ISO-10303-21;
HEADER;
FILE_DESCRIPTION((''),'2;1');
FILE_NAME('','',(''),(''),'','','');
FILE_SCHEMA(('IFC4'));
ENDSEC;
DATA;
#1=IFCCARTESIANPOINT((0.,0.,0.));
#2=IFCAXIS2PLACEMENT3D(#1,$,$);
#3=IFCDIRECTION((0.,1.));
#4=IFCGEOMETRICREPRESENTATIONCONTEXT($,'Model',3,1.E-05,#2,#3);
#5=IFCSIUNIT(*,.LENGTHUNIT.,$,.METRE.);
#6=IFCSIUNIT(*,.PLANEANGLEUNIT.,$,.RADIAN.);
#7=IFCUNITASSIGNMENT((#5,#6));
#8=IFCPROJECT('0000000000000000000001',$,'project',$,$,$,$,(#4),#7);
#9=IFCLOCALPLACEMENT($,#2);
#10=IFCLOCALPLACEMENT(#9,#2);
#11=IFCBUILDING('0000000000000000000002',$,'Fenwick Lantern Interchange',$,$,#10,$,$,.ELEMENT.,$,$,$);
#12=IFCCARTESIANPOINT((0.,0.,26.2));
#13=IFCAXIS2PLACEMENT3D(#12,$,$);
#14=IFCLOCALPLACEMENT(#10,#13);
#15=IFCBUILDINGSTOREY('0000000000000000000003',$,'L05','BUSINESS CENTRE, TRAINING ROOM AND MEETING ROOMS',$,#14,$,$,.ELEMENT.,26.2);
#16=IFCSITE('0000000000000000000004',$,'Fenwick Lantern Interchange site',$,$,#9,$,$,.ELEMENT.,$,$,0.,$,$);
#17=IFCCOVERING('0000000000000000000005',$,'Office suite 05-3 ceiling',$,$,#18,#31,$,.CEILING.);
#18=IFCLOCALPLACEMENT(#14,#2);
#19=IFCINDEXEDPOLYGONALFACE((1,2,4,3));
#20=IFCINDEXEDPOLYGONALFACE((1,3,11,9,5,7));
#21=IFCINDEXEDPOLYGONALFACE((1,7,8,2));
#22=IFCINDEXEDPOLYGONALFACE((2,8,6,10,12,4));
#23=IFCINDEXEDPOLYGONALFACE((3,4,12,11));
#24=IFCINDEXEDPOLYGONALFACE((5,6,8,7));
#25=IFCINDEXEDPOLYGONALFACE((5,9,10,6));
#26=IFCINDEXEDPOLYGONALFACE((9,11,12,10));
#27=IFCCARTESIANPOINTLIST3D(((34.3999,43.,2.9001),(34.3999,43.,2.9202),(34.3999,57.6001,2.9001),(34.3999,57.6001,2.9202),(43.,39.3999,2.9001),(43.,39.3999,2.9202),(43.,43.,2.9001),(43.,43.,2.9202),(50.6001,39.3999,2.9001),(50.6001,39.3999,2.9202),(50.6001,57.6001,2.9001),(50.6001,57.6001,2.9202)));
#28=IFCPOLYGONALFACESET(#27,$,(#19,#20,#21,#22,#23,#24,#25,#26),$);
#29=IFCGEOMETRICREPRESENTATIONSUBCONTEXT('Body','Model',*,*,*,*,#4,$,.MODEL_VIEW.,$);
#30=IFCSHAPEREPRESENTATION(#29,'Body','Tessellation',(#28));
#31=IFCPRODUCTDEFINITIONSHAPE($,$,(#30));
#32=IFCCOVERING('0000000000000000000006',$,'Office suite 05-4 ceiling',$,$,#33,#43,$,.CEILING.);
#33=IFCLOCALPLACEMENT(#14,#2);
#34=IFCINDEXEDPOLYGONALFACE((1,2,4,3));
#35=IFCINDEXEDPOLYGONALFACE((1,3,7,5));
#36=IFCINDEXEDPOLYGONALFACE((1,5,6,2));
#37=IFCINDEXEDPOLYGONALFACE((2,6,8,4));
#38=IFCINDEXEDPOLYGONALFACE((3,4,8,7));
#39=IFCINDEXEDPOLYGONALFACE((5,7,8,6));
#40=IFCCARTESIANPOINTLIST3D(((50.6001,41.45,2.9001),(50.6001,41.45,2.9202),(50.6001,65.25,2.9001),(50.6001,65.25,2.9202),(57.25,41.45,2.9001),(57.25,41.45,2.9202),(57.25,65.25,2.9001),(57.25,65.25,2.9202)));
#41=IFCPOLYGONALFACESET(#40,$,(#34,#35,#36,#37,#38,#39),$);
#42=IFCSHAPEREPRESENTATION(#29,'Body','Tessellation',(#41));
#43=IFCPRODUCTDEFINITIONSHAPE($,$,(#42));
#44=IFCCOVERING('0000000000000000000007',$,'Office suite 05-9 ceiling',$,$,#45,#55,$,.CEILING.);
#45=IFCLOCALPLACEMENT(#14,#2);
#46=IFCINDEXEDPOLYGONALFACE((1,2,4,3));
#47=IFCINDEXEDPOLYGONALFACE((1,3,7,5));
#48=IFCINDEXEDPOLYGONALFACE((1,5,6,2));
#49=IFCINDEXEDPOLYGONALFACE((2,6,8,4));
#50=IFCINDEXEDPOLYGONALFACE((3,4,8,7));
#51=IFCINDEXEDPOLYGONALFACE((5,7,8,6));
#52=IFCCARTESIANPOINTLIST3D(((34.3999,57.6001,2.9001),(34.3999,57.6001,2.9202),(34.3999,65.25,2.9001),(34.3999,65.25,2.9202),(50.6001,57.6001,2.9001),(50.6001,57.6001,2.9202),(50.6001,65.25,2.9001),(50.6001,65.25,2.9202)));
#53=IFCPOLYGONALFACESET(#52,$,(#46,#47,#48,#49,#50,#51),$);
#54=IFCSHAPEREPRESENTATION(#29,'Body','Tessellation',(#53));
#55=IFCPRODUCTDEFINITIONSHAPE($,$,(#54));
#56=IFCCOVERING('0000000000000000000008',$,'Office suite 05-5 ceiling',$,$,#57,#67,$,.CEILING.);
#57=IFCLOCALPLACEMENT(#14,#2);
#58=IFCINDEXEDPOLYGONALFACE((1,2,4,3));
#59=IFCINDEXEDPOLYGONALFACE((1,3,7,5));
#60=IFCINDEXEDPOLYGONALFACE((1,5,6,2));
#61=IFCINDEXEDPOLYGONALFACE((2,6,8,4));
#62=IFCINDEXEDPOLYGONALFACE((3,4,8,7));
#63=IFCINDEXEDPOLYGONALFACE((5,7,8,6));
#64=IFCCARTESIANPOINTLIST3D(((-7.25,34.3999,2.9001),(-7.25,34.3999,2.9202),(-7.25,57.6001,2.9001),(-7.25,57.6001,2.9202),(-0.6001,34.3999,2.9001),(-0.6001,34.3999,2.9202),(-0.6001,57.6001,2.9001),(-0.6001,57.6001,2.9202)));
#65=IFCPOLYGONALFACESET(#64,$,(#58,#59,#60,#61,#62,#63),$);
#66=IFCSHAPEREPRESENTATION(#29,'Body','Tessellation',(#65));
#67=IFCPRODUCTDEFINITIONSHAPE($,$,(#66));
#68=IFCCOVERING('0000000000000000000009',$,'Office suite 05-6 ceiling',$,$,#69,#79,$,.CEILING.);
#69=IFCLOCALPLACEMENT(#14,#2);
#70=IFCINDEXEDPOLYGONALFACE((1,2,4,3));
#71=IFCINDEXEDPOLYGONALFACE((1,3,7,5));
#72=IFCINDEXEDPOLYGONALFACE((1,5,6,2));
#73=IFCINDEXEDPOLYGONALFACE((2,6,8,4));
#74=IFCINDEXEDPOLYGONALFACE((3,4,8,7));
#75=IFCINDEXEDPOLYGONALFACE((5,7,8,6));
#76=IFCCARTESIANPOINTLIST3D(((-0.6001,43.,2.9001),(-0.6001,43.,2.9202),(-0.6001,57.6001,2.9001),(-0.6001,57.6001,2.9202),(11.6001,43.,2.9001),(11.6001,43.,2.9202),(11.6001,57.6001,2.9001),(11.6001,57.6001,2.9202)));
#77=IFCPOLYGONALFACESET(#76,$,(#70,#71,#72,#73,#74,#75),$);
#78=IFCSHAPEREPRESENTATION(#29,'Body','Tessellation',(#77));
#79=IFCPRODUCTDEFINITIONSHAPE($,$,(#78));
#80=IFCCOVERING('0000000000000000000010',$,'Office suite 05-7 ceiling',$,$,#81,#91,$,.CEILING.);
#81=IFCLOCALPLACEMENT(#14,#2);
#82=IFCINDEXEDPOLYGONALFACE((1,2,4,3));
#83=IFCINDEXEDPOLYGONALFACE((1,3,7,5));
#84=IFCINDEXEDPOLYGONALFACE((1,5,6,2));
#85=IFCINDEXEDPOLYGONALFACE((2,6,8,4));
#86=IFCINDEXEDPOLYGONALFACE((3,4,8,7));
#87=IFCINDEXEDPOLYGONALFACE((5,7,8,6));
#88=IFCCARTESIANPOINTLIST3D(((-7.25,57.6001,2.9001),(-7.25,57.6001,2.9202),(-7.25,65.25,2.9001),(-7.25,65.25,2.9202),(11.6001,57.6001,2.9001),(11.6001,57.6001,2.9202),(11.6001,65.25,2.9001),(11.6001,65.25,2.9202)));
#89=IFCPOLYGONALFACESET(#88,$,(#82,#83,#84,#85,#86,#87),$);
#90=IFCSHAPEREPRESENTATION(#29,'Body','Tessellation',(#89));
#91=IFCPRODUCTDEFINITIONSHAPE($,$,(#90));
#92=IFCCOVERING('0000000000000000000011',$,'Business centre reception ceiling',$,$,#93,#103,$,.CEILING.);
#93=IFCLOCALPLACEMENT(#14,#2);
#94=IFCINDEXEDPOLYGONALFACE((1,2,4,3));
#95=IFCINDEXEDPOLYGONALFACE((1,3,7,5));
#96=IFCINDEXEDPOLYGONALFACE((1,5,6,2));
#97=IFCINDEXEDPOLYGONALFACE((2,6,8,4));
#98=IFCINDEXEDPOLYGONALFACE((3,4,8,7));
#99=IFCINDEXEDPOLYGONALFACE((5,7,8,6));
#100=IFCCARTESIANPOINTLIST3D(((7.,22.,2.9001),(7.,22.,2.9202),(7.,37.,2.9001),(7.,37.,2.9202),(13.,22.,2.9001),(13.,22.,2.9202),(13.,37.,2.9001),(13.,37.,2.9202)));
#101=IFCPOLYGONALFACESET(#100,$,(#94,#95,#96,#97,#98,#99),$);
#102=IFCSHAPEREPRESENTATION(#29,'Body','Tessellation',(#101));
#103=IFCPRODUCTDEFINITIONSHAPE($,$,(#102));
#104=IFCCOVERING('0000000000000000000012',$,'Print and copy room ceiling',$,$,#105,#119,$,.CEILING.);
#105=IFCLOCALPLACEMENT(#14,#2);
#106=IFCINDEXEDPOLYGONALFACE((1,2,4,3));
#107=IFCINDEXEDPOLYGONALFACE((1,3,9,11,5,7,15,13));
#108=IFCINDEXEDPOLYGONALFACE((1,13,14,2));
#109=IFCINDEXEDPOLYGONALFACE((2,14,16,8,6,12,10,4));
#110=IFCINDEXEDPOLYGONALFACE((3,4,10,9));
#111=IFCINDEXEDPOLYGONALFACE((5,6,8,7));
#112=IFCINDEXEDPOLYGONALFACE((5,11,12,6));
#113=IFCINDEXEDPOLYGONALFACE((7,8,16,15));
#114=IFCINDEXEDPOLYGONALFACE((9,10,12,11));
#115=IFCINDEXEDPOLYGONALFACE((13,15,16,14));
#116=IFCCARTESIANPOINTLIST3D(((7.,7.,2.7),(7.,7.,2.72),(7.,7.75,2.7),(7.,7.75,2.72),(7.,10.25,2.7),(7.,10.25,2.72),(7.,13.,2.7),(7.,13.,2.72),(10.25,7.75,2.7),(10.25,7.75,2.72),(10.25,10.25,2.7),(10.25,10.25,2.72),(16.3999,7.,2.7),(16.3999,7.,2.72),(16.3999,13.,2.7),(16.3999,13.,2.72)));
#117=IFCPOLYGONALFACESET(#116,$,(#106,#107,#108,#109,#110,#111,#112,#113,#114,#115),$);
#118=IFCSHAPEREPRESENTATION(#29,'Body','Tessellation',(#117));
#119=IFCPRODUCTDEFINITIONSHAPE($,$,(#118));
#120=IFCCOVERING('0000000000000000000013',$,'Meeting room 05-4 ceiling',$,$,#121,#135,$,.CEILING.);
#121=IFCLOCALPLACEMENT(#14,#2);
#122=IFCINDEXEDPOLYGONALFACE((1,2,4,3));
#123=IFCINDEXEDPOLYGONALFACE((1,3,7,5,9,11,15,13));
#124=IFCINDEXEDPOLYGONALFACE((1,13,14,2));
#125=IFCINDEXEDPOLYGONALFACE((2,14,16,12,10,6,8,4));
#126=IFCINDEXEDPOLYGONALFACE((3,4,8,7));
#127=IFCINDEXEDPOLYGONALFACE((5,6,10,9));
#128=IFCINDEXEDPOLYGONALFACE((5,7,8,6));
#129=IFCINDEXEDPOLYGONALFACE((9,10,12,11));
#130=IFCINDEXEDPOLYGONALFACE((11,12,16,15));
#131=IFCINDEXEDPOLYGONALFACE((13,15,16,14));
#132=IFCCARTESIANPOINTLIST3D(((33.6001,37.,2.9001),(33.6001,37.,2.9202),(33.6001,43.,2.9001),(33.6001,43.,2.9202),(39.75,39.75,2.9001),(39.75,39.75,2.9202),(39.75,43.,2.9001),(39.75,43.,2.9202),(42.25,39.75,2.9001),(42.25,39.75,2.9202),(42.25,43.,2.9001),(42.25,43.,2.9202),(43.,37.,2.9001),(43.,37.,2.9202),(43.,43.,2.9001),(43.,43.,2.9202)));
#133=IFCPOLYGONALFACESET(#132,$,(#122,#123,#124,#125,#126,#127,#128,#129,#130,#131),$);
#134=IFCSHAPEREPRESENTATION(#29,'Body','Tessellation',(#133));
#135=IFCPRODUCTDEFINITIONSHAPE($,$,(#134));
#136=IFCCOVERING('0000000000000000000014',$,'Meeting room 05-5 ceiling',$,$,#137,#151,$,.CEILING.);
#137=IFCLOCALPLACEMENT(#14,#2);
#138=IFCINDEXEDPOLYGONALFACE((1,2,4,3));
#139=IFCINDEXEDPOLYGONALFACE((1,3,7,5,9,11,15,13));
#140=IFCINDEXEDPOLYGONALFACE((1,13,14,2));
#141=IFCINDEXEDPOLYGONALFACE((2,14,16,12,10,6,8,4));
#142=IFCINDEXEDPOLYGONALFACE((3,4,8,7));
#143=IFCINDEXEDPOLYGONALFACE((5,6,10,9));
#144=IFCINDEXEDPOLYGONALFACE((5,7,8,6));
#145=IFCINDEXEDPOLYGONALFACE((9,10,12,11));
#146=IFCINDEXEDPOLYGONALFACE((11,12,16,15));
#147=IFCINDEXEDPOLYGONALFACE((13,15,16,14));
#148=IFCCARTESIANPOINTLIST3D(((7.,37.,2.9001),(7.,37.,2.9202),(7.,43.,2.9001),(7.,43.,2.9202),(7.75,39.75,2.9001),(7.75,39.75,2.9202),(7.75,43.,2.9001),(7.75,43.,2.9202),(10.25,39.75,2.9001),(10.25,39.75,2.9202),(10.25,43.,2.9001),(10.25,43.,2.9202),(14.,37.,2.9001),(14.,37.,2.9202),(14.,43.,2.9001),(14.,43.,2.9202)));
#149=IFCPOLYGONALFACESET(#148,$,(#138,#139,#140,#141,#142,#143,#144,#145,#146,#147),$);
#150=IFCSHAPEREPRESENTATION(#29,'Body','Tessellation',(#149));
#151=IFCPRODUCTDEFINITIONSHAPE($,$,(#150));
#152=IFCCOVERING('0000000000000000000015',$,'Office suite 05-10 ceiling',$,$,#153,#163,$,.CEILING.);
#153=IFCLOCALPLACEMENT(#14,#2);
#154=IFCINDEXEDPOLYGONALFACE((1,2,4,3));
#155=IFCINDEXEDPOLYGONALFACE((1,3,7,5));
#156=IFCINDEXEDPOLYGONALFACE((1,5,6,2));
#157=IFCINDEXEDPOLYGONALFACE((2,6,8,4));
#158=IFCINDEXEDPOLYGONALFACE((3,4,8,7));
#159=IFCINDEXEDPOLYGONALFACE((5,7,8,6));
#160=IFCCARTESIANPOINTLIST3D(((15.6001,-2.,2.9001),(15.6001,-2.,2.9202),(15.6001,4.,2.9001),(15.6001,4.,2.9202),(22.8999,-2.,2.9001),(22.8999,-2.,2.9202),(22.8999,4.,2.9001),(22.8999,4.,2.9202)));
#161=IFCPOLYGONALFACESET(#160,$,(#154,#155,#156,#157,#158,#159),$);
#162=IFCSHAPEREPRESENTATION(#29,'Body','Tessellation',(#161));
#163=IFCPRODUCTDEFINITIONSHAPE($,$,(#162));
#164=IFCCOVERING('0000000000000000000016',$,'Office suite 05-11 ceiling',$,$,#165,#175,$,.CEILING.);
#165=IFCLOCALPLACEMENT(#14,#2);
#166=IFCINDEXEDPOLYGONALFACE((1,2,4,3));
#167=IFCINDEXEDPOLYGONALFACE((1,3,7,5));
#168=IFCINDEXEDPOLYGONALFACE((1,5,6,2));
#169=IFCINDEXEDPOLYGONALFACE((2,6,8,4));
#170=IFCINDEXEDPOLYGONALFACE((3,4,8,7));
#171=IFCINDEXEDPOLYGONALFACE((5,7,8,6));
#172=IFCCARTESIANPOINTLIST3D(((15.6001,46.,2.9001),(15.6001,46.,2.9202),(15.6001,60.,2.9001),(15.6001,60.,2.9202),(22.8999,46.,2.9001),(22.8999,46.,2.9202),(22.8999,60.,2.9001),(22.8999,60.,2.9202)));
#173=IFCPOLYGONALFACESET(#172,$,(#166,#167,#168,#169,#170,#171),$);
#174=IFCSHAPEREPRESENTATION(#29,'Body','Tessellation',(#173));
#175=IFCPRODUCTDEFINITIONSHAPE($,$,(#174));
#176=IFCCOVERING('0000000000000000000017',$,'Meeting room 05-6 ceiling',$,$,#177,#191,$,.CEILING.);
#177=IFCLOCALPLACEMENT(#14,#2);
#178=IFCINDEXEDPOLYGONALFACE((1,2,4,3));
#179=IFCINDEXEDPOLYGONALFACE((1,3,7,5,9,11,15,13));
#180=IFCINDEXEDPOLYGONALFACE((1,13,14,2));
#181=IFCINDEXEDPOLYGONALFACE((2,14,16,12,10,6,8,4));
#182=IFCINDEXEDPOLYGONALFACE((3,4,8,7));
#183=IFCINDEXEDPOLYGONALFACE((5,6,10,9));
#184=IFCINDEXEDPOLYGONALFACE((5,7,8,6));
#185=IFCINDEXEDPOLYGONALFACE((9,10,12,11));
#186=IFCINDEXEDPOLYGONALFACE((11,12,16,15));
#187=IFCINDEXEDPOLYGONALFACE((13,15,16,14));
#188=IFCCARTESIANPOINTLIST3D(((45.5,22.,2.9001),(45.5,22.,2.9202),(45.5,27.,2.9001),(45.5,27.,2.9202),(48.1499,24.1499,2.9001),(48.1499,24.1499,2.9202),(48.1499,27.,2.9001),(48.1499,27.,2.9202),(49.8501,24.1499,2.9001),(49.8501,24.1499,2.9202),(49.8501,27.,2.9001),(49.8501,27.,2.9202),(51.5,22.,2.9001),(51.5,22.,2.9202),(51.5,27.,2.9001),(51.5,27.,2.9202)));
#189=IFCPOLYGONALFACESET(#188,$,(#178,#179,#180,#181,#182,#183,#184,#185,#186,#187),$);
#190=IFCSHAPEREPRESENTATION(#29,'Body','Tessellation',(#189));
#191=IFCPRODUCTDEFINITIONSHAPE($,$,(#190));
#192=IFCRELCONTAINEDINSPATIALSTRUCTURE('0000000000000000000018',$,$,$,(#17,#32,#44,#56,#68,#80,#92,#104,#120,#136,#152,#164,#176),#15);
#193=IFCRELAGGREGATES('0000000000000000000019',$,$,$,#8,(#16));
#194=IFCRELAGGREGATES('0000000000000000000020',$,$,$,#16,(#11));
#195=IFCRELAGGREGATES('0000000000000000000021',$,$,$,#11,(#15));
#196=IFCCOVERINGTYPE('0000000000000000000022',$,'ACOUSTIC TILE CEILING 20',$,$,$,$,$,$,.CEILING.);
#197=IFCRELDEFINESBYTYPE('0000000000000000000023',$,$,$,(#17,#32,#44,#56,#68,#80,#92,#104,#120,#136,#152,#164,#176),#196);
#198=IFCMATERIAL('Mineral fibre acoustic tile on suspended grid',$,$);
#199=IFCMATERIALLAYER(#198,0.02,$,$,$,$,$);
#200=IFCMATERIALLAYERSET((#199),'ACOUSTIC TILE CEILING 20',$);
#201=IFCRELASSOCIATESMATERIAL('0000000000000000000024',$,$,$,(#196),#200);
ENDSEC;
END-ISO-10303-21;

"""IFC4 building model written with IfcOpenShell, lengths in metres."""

from ifc_helpers import new_model, si_unit, direction, frame, origin, place, context, subcontext, project, spatial, polyline, outline, extrude, material, layer, layer_set, type_object, element, save


model = new_model("IFC4")

# Units and contexts
model_context = context("Model", 3, precision=1e-05, world=origin(), true_north=direction((0.0, 1.0)))
body_context = subcontext(model_context, "Body", "Model", "MODEL_VIEW")
ifc_project = project(units=[si_unit("LENGTHUNIT", "METRE"), si_unit("PLANEANGLEUNIT", "RADIAN")], contexts=[model_context])

# Site, building, storey
site_placement = place(None, origin())
site = spatial("IfcSite", under=ifc_project, at=site_placement, Name="Fenwick Lantern Interchange site", CompositionType="ELEMENT", RefElevation=0.0)
building_placement = place(site_placement, origin())
building = spatial("IfcBuilding", under=site, at=building_placement, Name="Fenwick Lantern Interchange", CompositionType="ELEMENT")
storey_placement = place(building_placement, frame((0.0, 0.0, 26.2)))
storey = spatial("IfcBuildingStorey", under=building, at=storey_placement, Name="L05", Description="BUSINESS CENTRE, TRAINING ROOM AND MEETING ROOMS", CompositionType="ELEMENT", Elevation=26.2)

# Coverings
ifc_material_1 = material(Name="Mineral fibre acoustic tile on suspended grid")
ifc_layer_1 = layer(ifc_material_1, 0.02)
ifc_layer_set_1 = layer_set([ifc_layer_1], Name="ACOUSTIC TILE CEILING 20")
covering_type_1 = type_object("IfcCoveringType", Name="ACOUSTIC TILE CEILING 20", PredefinedType="CEILING", material=ifc_layer_set_1)
covering_1_placement = place(storey_placement, frame((0.0, 0.0, 2.9001)))
element("IfcCovering", 1, at=covering_1_placement, inside=storey, type_object=covering_type_1, Name="Office suite 05-3 ceiling", PredefinedType="CEILING", context=body_context, shape_type="SweptSolid", body=[
    extrude(outline(polyline([(50.6001, 39.3999), (50.6001, 57.6001), (34.3999, 57.6001), (34.3999, 43.0), (43.0, 43.0), (43.0, 39.3999), (50.6001, 39.3999)])), origin(), (0.0, 0.0, 1.0), 0.02),
])
covering_2_placement = place(storey_placement, frame((0.0, 0.0, 2.9001)))
element("IfcCovering", 2, at=covering_2_placement, inside=storey, type_object=covering_type_1, Name="Office suite 05-4 ceiling", PredefinedType="CEILING", context=body_context, shape_type="SweptSolid", body=[
    extrude(outline(polyline([(57.25, 65.25), (50.6001, 65.25), (50.6001, 41.45), (57.25, 41.45), (57.25, 65.25)])), origin(), (0.0, 0.0, 1.0), 0.02),
])
covering_3_placement = place(storey_placement, frame((0.0, 0.0, 2.9001)))
element("IfcCovering", 3, at=covering_3_placement, inside=storey, type_object=covering_type_1, Name="Office suite 05-9 ceiling", PredefinedType="CEILING", context=body_context, shape_type="SweptSolid", body=[
    extrude(outline(polyline([(50.6001, 57.6001), (50.6001, 65.25), (34.3999, 65.25), (34.3999, 57.6001), (50.6001, 57.6001)])), origin(), (0.0, 0.0, 1.0), 0.02),
])
covering_4_placement = place(storey_placement, frame((0.0, 0.0, 2.9001)))
element("IfcCovering", 4, at=covering_4_placement, inside=storey, type_object=covering_type_1, Name="Office suite 05-5 ceiling", PredefinedType="CEILING", context=body_context, shape_type="SweptSolid", body=[
    extrude(outline(polyline([(-0.6001, 57.6001), (-7.25, 57.6001), (-7.25, 34.3999), (-0.6001, 34.3999), (-0.6001, 57.6001)])), origin(), (0.0, 0.0, 1.0), 0.02),
])
covering_5_placement = place(storey_placement, frame((0.0, 0.0, 2.9001)))
element("IfcCovering", 5, at=covering_5_placement, inside=storey, type_object=covering_type_1, Name="Office suite 05-6 ceiling", PredefinedType="CEILING", context=body_context, shape_type="SweptSolid", body=[
    extrude(outline(polyline([(-0.6001, 43.0), (11.6001, 43.0), (11.6001, 57.6001), (-0.6001, 57.6001), (-0.6001, 43.0)])), origin(), (0.0, 0.0, 1.0), 0.02),
])
covering_6_placement = place(storey_placement, frame((0.0, 0.0, 2.9001)))
element("IfcCovering", 6, at=covering_6_placement, inside=storey, type_object=covering_type_1, Name="Office suite 05-7 ceiling", PredefinedType="CEILING", context=body_context, shape_type="SweptSolid", body=[
    extrude(outline(polyline([(11.6001, 57.6001), (11.6001, 65.25), (-7.25, 65.25), (-7.25, 57.6001), (11.6001, 57.6001)])), origin(), (0.0, 0.0, 1.0), 0.02),
])
covering_7_placement = place(storey_placement, frame((0.0, 0.0, 2.9001)))
element("IfcCovering", 7, at=covering_7_placement, inside=storey, type_object=covering_type_1, Name="Business centre reception ceiling", PredefinedType="CEILING", context=body_context, shape_type="SweptSolid", body=[
    extrude(outline(polyline([(7.0, 22.0), (13.0, 22.0), (13.0, 37.0), (7.0, 37.0), (7.0, 22.0)])), origin(), (0.0, 0.0, 1.0), 0.02),
])
covering_8_placement = place(storey_placement, frame((0.0, 0.0, 2.7)))
element("IfcCovering", 8, at=covering_8_placement, inside=storey, type_object=covering_type_1, Name="Print and copy room ceiling", PredefinedType="CEILING", context=body_context, shape_type="SweptSolid", body=[
    extrude(outline(polyline([(7.0, 7.75), (7.0, 7.0), (16.3999, 7.0), (16.3999, 13.0), (7.0, 13.0), (7.0, 10.25), (10.25, 10.25), (10.25, 7.75), (7.0, 7.75)])), origin(), (0.0, 0.0, 1.0), 0.02),
])
covering_9_placement = place(storey_placement, frame((0.0, 0.0, 2.9001)))
element("IfcCovering", 9, at=covering_9_placement, inside=storey, type_object=covering_type_1, Name="Meeting room 05-4 ceiling", PredefinedType="CEILING", context=body_context, shape_type="SweptSolid", body=[
    extrude(outline(polyline([(33.6001, 43.0), (33.6001, 37.0), (43.0, 37.0), (43.0, 43.0), (42.25, 43.0), (42.25, 39.75), (39.75, 39.75), (39.75, 43.0), (33.6001, 43.0)])), origin(), (0.0, 0.0, 1.0), 0.02),
])
covering_10_placement = place(storey_placement, frame((0.0, 0.0, 2.9001)))
element("IfcCovering", 10, at=covering_10_placement, inside=storey, type_object=covering_type_1, Name="Meeting room 05-5 ceiling", PredefinedType="CEILING", context=body_context, shape_type="SweptSolid", body=[
    extrude(outline(polyline([(7.0, 43.0), (7.0, 37.0), (14.0, 37.0), (14.0, 43.0), (10.25, 43.0), (10.25, 39.75), (7.75, 39.75), (7.75, 43.0), (7.0, 43.0)])), origin(), (0.0, 0.0, 1.0), 0.02),
])
covering_11_placement = place(storey_placement, frame((0.0, 0.0, 2.9001)))
element("IfcCovering", 11, at=covering_11_placement, inside=storey, type_object=covering_type_1, Name="Office suite 05-10 ceiling", PredefinedType="CEILING", context=body_context, shape_type="SweptSolid", body=[
    extrude(outline(polyline([(15.6001, 4.0), (15.6001, -2.0), (22.8999, -2.0), (22.8999, 4.0), (15.6001, 4.0)])), origin(), (0.0, 0.0, 1.0), 0.02),
])
covering_12_placement = place(storey_placement, frame((0.0, 0.0, 2.9001)))
element("IfcCovering", 12, at=covering_12_placement, inside=storey, type_object=covering_type_1, Name="Office suite 05-11 ceiling", PredefinedType="CEILING", context=body_context, shape_type="SweptSolid", body=[
    extrude(outline(polyline([(15.6001, 46.0), (22.8999, 46.0), (22.8999, 60.0), (15.6001, 60.0), (15.6001, 46.0)])), origin(), (0.0, 0.0, 1.0), 0.02),
])
covering_13_placement = place(storey_placement, frame((0.0, 0.0, 2.9001)))
element("IfcCovering", 13, at=covering_13_placement, inside=storey, type_object=covering_type_1, Name="Meeting room 05-6 ceiling", PredefinedType="CEILING", context=body_context, shape_type="SweptSolid", body=[
    extrude(outline(polyline([(48.1499, 27.0), (45.5, 27.0), (45.5, 22.0), (51.5, 22.0), (51.5, 27.0), (49.8501, 27.0), (49.8501, 24.1499), (48.1499, 24.1499), (48.1499, 27.0)])), origin(), (0.0, 0.0, 1.0), 0.02),
])

save(model, "model.ifc")
